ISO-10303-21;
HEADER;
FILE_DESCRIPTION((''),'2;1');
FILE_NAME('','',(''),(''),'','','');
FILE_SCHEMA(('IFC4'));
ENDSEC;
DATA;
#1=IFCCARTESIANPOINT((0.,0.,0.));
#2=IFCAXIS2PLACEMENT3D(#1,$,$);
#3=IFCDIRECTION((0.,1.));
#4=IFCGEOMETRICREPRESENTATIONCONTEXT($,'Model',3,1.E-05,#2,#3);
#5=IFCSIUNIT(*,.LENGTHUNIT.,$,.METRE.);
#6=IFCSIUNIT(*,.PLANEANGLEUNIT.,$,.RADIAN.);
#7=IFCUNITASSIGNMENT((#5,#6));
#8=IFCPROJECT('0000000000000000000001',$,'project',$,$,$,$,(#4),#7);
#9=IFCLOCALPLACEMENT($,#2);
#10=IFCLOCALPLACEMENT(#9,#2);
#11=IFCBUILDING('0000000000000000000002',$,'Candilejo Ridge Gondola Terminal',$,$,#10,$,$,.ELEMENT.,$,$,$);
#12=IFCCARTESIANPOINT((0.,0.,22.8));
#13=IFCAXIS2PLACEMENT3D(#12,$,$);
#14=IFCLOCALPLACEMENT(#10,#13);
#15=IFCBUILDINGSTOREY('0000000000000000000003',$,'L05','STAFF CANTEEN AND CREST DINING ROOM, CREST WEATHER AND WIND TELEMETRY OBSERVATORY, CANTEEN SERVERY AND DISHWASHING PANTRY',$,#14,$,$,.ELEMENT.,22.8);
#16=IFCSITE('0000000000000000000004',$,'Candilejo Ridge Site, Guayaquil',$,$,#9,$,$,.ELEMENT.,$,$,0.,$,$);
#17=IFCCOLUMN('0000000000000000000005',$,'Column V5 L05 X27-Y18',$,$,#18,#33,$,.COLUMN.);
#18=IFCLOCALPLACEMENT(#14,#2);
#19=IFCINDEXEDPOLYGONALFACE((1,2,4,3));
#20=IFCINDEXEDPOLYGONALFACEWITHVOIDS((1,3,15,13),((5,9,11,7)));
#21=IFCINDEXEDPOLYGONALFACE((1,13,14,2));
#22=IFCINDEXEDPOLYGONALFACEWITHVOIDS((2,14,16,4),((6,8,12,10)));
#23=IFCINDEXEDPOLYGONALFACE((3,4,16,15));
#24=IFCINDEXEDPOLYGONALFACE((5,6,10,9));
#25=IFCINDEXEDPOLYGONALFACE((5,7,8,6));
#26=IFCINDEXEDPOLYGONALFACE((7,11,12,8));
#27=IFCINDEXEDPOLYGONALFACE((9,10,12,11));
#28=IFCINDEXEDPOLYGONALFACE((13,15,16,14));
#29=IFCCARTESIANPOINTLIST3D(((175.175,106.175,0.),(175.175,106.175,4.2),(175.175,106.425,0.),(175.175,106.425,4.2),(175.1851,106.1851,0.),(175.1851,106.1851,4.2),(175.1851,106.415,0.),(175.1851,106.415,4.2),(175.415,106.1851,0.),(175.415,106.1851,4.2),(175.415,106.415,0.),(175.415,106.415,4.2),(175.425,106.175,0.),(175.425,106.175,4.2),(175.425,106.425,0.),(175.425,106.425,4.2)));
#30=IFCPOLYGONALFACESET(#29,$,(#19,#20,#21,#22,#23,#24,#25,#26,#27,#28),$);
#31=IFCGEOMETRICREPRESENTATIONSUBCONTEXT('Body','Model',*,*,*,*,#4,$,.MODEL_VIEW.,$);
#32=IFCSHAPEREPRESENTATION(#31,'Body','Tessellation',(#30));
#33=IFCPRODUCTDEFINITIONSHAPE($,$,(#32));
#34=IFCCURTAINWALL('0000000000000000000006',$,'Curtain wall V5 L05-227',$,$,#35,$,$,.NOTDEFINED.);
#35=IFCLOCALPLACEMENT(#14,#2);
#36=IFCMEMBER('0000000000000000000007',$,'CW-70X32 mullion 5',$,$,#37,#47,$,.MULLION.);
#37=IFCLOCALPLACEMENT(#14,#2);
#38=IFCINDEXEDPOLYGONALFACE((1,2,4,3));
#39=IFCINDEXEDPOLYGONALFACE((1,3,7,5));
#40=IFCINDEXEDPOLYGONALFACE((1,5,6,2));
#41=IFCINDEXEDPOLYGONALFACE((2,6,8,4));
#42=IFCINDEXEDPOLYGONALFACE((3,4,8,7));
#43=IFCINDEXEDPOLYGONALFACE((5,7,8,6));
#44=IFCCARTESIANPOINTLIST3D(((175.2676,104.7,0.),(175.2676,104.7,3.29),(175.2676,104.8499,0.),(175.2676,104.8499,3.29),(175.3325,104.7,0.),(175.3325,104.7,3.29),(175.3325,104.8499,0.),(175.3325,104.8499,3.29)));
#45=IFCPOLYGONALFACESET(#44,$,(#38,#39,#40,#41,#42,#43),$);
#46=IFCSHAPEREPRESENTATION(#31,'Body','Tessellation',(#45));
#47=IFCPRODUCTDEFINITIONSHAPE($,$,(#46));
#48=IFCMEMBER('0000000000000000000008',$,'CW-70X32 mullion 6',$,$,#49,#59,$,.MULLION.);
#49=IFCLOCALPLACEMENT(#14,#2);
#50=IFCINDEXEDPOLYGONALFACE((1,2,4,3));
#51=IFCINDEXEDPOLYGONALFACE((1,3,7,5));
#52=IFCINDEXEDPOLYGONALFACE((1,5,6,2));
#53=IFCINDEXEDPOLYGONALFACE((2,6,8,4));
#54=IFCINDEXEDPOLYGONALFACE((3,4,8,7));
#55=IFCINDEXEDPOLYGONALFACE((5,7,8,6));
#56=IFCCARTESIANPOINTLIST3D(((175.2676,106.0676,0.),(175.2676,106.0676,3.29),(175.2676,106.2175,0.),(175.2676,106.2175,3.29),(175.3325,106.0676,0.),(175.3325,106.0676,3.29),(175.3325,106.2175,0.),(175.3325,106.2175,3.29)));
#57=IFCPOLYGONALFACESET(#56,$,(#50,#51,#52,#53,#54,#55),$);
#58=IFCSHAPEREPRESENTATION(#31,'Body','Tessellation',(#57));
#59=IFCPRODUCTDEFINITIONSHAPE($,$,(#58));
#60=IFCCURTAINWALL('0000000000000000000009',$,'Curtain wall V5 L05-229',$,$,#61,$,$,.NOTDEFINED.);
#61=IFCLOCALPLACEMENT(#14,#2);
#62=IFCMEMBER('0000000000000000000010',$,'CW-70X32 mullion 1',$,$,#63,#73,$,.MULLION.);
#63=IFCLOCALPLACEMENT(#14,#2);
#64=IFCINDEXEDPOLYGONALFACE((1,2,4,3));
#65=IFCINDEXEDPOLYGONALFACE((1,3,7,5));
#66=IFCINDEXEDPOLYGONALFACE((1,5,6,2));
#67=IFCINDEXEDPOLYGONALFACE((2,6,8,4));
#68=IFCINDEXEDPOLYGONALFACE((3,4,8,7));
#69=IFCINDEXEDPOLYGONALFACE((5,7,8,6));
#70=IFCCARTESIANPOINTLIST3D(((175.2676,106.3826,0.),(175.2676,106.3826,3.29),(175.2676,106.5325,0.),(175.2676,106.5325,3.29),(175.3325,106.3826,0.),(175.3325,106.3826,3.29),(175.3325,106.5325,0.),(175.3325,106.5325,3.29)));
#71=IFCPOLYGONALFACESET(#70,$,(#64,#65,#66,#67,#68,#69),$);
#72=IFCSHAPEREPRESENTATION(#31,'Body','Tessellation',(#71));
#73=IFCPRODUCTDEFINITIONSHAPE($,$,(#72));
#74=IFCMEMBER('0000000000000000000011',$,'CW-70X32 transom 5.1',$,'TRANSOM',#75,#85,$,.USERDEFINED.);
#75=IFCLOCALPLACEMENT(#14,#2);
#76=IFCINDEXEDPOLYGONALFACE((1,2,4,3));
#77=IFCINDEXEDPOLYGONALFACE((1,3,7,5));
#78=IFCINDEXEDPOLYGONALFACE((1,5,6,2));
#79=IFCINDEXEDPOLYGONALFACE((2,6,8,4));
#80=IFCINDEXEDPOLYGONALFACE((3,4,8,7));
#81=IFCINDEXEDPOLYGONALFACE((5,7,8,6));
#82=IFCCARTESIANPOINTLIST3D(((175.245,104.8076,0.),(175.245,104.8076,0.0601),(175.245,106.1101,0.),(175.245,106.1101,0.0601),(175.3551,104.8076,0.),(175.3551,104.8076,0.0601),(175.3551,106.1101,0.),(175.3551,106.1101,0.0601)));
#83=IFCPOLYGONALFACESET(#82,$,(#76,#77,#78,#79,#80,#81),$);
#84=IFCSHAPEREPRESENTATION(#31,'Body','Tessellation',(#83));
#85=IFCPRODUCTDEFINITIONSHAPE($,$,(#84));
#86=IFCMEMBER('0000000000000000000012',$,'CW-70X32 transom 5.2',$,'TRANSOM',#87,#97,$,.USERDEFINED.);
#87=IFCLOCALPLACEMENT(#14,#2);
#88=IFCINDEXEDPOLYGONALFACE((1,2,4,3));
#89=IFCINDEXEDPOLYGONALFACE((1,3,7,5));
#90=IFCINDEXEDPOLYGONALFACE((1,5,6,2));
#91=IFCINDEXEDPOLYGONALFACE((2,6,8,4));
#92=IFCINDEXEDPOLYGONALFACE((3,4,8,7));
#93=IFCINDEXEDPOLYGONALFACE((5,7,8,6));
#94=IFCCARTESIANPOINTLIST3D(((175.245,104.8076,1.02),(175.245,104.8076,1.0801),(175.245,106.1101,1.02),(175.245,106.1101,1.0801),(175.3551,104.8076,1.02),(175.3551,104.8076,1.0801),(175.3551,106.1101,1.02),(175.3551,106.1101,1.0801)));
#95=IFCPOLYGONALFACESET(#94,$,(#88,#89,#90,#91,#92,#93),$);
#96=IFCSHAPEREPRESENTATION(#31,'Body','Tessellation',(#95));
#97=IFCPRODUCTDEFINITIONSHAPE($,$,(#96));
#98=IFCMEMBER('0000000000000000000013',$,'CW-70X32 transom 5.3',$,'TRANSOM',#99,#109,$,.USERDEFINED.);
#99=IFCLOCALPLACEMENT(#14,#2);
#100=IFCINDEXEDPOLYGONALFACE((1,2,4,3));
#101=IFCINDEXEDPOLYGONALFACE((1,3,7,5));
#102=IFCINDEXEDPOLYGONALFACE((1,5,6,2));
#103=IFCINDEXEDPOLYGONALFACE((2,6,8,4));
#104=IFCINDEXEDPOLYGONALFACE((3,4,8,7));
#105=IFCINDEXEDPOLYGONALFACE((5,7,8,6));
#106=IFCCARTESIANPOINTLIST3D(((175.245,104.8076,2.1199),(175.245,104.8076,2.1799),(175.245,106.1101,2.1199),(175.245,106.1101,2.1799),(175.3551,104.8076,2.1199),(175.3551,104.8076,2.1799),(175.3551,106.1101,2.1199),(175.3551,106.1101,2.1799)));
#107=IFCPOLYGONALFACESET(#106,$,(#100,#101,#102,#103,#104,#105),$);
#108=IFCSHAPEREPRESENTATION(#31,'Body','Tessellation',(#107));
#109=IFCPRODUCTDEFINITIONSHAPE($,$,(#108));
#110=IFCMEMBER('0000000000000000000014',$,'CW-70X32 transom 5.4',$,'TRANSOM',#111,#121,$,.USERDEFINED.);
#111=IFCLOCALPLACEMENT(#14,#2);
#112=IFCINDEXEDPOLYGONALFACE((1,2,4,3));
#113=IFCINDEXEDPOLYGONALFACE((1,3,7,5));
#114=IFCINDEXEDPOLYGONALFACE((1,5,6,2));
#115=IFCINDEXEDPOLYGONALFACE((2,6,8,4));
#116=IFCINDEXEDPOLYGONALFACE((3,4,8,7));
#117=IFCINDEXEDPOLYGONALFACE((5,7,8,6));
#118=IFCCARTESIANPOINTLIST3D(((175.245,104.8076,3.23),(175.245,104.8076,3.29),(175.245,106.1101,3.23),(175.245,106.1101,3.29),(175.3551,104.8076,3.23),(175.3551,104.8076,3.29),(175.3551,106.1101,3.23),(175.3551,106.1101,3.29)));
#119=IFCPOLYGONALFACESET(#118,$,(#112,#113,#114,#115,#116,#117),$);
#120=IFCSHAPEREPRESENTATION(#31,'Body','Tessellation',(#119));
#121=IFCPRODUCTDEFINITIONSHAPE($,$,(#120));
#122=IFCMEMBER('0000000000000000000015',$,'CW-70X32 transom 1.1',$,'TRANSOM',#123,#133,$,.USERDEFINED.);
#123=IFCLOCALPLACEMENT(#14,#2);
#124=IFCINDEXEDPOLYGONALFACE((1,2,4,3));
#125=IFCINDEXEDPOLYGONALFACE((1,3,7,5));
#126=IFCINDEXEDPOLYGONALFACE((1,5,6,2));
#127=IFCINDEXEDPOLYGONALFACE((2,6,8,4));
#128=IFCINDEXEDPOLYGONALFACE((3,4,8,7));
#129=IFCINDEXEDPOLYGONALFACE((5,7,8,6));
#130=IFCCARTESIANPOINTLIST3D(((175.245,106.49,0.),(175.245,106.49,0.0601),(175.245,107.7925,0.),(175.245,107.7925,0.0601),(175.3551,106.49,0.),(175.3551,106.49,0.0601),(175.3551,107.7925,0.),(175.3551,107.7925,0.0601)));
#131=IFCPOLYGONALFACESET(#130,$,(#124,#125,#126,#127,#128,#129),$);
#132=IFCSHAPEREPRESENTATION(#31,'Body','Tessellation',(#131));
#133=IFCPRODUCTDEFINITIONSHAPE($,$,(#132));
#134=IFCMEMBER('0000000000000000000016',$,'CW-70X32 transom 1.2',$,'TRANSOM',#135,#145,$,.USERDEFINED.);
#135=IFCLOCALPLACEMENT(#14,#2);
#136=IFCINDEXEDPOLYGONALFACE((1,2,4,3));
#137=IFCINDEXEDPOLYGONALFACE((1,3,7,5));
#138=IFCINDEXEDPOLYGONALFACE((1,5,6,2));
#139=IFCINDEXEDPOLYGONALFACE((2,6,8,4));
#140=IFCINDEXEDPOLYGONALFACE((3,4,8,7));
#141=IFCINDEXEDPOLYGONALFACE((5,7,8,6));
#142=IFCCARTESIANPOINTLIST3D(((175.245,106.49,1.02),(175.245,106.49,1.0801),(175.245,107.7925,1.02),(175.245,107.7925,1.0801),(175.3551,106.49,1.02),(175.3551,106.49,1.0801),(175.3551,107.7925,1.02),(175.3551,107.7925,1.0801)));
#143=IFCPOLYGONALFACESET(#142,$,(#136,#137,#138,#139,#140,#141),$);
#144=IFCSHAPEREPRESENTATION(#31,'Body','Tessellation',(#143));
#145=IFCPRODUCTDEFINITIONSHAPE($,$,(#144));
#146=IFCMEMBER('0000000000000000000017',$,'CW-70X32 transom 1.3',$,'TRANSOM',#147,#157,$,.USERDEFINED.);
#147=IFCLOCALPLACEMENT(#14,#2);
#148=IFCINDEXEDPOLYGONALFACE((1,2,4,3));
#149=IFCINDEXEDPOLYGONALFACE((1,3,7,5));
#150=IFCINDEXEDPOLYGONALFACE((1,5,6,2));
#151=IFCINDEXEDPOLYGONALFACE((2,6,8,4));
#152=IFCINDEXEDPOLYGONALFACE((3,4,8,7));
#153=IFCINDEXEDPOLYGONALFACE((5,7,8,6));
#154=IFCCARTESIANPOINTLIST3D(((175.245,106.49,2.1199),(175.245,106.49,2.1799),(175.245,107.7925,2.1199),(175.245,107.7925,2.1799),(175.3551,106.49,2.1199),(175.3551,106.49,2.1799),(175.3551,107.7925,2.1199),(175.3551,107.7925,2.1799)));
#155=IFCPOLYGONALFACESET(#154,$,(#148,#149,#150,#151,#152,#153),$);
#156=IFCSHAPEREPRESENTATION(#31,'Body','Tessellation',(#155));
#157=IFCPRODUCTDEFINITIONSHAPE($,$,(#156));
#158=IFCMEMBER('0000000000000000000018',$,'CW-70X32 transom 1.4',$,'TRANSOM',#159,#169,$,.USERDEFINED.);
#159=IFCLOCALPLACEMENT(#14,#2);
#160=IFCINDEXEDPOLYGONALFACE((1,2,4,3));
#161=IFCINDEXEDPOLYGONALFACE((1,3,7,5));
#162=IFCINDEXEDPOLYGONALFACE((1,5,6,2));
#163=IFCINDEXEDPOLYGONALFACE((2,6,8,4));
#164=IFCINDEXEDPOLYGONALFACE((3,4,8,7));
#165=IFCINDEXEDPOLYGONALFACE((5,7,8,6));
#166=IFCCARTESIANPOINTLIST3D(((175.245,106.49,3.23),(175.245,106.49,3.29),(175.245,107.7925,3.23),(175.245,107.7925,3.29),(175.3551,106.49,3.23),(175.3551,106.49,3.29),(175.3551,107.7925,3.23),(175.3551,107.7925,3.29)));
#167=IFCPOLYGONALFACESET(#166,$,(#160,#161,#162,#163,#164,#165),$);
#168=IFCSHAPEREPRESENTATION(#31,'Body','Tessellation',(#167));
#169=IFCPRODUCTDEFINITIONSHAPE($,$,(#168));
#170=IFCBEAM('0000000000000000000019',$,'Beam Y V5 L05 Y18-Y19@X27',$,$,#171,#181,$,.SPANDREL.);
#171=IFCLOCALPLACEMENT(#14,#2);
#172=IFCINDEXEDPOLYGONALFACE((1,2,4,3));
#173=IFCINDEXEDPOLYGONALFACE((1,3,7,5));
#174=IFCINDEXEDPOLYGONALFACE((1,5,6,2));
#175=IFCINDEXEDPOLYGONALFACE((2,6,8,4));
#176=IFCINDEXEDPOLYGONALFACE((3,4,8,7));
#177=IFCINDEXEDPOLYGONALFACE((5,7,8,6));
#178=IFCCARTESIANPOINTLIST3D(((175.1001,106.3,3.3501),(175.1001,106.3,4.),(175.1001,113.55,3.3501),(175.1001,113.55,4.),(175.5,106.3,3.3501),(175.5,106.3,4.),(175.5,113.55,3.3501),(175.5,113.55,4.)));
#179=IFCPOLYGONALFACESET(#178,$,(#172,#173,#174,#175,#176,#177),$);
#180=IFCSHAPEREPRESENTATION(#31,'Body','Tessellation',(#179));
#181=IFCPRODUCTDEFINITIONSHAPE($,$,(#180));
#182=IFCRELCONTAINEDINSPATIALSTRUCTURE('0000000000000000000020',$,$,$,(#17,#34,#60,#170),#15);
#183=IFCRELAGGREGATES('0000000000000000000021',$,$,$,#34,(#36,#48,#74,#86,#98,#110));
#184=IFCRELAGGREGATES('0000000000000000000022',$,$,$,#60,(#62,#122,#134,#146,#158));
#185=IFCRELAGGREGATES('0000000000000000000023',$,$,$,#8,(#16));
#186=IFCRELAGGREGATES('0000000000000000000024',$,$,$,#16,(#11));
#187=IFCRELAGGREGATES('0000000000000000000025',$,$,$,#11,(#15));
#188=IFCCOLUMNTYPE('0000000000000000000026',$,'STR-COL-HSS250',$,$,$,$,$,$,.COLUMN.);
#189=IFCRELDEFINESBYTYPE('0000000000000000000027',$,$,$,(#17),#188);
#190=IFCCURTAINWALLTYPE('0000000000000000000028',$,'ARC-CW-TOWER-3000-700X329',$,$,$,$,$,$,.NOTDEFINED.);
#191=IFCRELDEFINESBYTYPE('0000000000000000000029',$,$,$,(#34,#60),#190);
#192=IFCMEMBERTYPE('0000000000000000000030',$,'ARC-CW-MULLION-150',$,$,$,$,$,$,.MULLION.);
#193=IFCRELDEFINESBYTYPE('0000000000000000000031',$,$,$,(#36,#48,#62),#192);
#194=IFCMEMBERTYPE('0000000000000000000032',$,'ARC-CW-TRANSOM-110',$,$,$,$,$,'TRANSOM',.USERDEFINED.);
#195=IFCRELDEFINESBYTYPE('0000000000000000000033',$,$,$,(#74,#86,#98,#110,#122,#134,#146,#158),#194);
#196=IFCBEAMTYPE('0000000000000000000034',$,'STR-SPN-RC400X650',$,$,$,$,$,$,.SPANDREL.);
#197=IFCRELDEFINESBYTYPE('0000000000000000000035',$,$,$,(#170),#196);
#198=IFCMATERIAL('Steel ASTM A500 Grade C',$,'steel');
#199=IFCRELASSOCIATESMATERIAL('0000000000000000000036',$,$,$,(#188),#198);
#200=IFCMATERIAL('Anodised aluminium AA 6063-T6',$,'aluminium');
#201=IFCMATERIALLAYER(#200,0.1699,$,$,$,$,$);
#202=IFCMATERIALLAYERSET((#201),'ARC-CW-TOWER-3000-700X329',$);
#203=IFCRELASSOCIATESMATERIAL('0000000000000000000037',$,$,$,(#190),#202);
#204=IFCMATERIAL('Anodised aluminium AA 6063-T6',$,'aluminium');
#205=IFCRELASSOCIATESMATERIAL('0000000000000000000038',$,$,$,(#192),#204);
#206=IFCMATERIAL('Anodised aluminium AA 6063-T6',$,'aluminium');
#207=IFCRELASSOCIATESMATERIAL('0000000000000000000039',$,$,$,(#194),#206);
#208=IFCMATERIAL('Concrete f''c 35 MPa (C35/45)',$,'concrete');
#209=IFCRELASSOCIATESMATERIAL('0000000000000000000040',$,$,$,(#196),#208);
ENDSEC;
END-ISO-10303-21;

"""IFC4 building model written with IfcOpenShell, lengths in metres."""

from ifc_helpers import new_model, si_unit, direction, frame, origin, origin_2d, place, context, subcontext, project, spatial, rectangle, hollow_rectangle, extrude, material, layer, layer_set, material_profile, profile_set, type_object, element, aggregate, save


model = new_model("IFC4")

# Units and contexts
model_context = context("Model", 3, precision=1e-05, world=origin(), true_north=direction((0.0, 1.0)))
body_context = subcontext(model_context, "Body", "Model", "MODEL_VIEW")
ifc_project = project(units=[si_unit("LENGTHUNIT", "METRE"), si_unit("PLANEANGLEUNIT", "RADIAN")], contexts=[model_context])

# Site, building, storey
site_placement = place(None, origin())
site = spatial("IfcSite", under=ifc_project, at=site_placement, Name="Candilejo Ridge Site, Guayaquil", CompositionType="ELEMENT", RefElevation=0.0)
building_placement = place(site_placement, origin())
building = spatial("IfcBuilding", under=site, at=building_placement, Name="Candilejo Ridge Gondola Terminal", CompositionType="ELEMENT")
storey_placement = place(building_placement, frame((0.0, 0.0, 22.8)))
storey = spatial("IfcBuildingStorey", under=building, at=storey_placement, Name="L05", Description="STAFF CANTEEN AND CREST DINING ROOM, CREST WEATHER AND WIND TELEMETRY OBSERVATORY, CANTEEN SERVERY AND DISHWASHING PANTRY", CompositionType="ELEMENT", Elevation=22.8)

# Column
ifc_material_1 = material(Name="Steel ASTM A500 Grade C", Category="steel")
ifc_material_profile_1 = material_profile(ifc_material_1, hollow_rectangle(XDim=0.25, YDim=0.25, WallThickness=0.01, at=origin_2d()))
ifc_profile_set_1 = profile_set([ifc_material_profile_1], Name="Steel ASTM A500 Grade C")
column_type = type_object("IfcColumnType", Name="STR-COL-HSS250", PredefinedType="COLUMN", material=ifc_profile_set_1)
column_placement = place(storey_placement, frame((175.3, 106.3, 0.0), z_axis=(0.0, 0.0, 1.0), x_axis=(1.0, 0.0, 0.0)))
element("IfcColumn", 1, at=column_placement, inside=storey, type_object=column_type, Name="Column V5 L05 X27-Y18", PredefinedType="COLUMN", context=body_context, shape_type="SweptSolid", body=[
    extrude(hollow_rectangle(XDim=0.25, YDim=0.25, WallThickness=0.01, at=origin_2d()), origin(), (0.0, 0.0, 1.0), 4.2),
])

# Curtain wall, members
ifc_material_2 = material(Name="Anodised aluminium AA 6063-T6", Category="aluminium")
ifc_layer_1 = layer(ifc_material_2, 0.1699)
ifc_layer_set_1 = layer_set([ifc_layer_1], Name="ARC-CW-TOWER-3000-700X329")
curtain_wall_type = type_object("IfcCurtainWallType", Name="ARC-CW-TOWER-3000-700X329", PredefinedType="NOTDEFINED", material=ifc_layer_set_1)
curtain_wall_1_placement = place(storey_placement, origin())
curtain_wall_1 = element("IfcCurtainWall", 2, at=curtain_wall_1_placement, inside=storey, type_object=curtain_wall_type, Name="Curtain wall V5 L05-227", PredefinedType="NOTDEFINED")
ifc_material_3 = material(Name="Anodised aluminium AA 6063-T6", Category="aluminium")
ifc_material_profile_2 = material_profile(ifc_material_3, rectangle(XDim=0.0649, YDim=0.1499, at=origin_2d()))
ifc_profile_set_2 = profile_set([ifc_material_profile_2], Name="Anodised aluminium AA 6063-T6")
member_type_1 = type_object("IfcMemberType", Name="ARC-CW-MULLION-150", PredefinedType="MULLION", material=ifc_profile_set_2)
member_1_placement = place(storey_placement, frame((175.3, 104.7749, 0.0), z_axis=(0.0, 0.0, 1.0), x_axis=(-1.0, 0.0, 0.0)))
member_1 = element("IfcMember", 3, at=member_1_placement, type_object=member_type_1, Name="CW-70X32 mullion 5", PredefinedType="MULLION", context=body_context, shape_type="SweptSolid", body=[
    extrude(rectangle(XDim=0.0649, YDim=0.1499, at=origin_2d()), origin(), (0.0, 0.0, 1.0), 3.29),
])
member_2_placement = place(storey_placement, frame((175.3, 106.1426, 0.0), z_axis=(0.0, 0.0, 1.0), x_axis=(-1.0, 0.0, 0.0)))
member_2 = element("IfcMember", 4, at=member_2_placement, type_object=member_type_1, Name="CW-70X32 mullion 6", PredefinedType="MULLION", context=body_context, shape_type="SweptSolid", body=[
    extrude(rectangle(XDim=0.0649, YDim=0.1499, at=origin_2d()), origin(), (0.0, 0.0, 1.0), 3.29),
])

# Curtain wall, member
curtain_wall_2_placement = place(storey_placement, origin())
curtain_wall_2 = element("IfcCurtainWall", 5, at=curtain_wall_2_placement, inside=storey, type_object=curtain_wall_type, Name="Curtain wall V5 L05-229", PredefinedType="NOTDEFINED")
member_3_placement = place(storey_placement, frame((175.3, 106.4575, 0.0), z_axis=(0.0, 0.0, 1.0), x_axis=(-1.0, 0.0, 0.0)))
member_3 = element("IfcMember", 6, at=member_3_placement, type_object=member_type_1, Name="CW-70X32 mullion 1", PredefinedType="MULLION", context=body_context, shape_type="SweptSolid", body=[
    extrude(rectangle(XDim=0.0649, YDim=0.1499, at=origin_2d()), origin(), (0.0, 0.0, 1.0), 3.29),
])

# Members
ifc_material_4 = material(Name="Anodised aluminium AA 6063-T6", Category="aluminium")
ifc_material_profile_3 = material_profile(ifc_material_4, rectangle(XDim=0.1101, YDim=0.0601, at=origin_2d()))
ifc_profile_set_3 = profile_set([ifc_material_profile_3], Name="Anodised aluminium AA 6063-T6")
member_type_2 = type_object("IfcMemberType", Name="ARC-CW-TRANSOM-110", ElementType="TRANSOM", PredefinedType="USERDEFINED", material=ifc_profile_set_3)
member_4_placement = place(storey_placement, frame((175.3, 104.8076, 0.03), z_axis=(0.0, 1.0, 0.0), x_axis=(-1.0, 0.0, 0.0)))
member_4 = element("IfcMember", 7, at=member_4_placement, type_object=member_type_2, Name="CW-70X32 transom 5.1", ObjectType="TRANSOM", PredefinedType="USERDEFINED", context=body_context, shape_type="SweptSolid", body=[
    extrude(rectangle(XDim=0.1101, YDim=0.0601, at=origin_2d()), origin(), (0.0, 0.0, 1.0), 1.3025),
])
member_5_placement = place(storey_placement, frame((175.3, 104.8076, 1.05), z_axis=(0.0, 1.0, 0.0), x_axis=(-1.0, 0.0, 0.0)))
member_5 = element("IfcMember", 8, at=member_5_placement, type_object=member_type_2, Name="CW-70X32 transom 5.2", ObjectType="TRANSOM", PredefinedType="USERDEFINED", context=body_context, shape_type="SweptSolid", body=[
    extrude(rectangle(XDim=0.1101, YDim=0.0601, at=origin_2d()), origin(), (0.0, 0.0, 1.0), 1.3025),
])
member_6_placement = place(storey_placement, frame((175.3, 104.8076, 2.1499), z_axis=(0.0, 1.0, 0.0), x_axis=(-1.0, 0.0, 0.0)))
member_6 = element("IfcMember", 9, at=member_6_placement, type_object=member_type_2, Name="CW-70X32 transom 5.3", ObjectType="TRANSOM", PredefinedType="USERDEFINED", context=body_context, shape_type="SweptSolid", body=[
    extrude(rectangle(XDim=0.1101, YDim=0.0601, at=origin_2d()), origin(), (0.0, 0.0, 1.0), 1.3025),
])
member_7_placement = place(storey_placement, frame((175.3, 104.8076, 3.26), z_axis=(0.0, 1.0, 0.0), x_axis=(-1.0, 0.0, 0.0)))
member_7 = element("IfcMember", 10, at=member_7_placement, type_object=member_type_2, Name="CW-70X32 transom 5.4", ObjectType="TRANSOM", PredefinedType="USERDEFINED", context=body_context, shape_type="SweptSolid", body=[
    extrude(rectangle(XDim=0.1101, YDim=0.0601, at=origin_2d()), origin(), (0.0, 0.0, 1.0), 1.3025),
])
member_8_placement = place(storey_placement, frame((175.3, 106.49, 0.03), z_axis=(0.0, 1.0, 0.0), x_axis=(-1.0, 0.0, 0.0)))
member_8 = element("IfcMember", 11, at=member_8_placement, type_object=member_type_2, Name="CW-70X32 transom 1.1", ObjectType="TRANSOM", PredefinedType="USERDEFINED", context=body_context, shape_type="SweptSolid", body=[
    extrude(rectangle(XDim=0.1101, YDim=0.0601, at=origin_2d()), origin(), (0.0, 0.0, 1.0), 1.3025),
])
member_9_placement = place(storey_placement, frame((175.3, 106.49, 1.05), z_axis=(0.0, 1.0, 0.0), x_axis=(-1.0, 0.0, 0.0)))
member_9 = element("IfcMember", 12, at=member_9_placement, type_object=member_type_2, Name="CW-70X32 transom 1.2", ObjectType="TRANSOM", PredefinedType="USERDEFINED", context=body_context, shape_type="SweptSolid", body=[
    extrude(rectangle(XDim=0.1101, YDim=0.0601, at=origin_2d()), origin(), (0.0, 0.0, 1.0), 1.3025),
])
member_10_placement = place(storey_placement, frame((175.3, 106.49, 2.1499), z_axis=(0.0, 1.0, 0.0), x_axis=(-1.0, 0.0, 0.0)))
member_10 = element("IfcMember", 13, at=member_10_placement, type_object=member_type_2, Name="CW-70X32 transom 1.3", ObjectType="TRANSOM", PredefinedType="USERDEFINED", context=body_context, shape_type="SweptSolid", body=[
    extrude(rectangle(XDim=0.1101, YDim=0.0601, at=origin_2d()), origin(), (0.0, 0.0, 1.0), 1.3025),
])
member_11_placement = place(storey_placement, frame((175.3, 106.49, 3.26), z_axis=(0.0, 1.0, 0.0), x_axis=(-1.0, 0.0, 0.0)))
member_11 = element("IfcMember", 14, at=member_11_placement, type_object=member_type_2, Name="CW-70X32 transom 1.4", ObjectType="TRANSOM", PredefinedType="USERDEFINED", context=body_context, shape_type="SweptSolid", body=[
    extrude(rectangle(XDim=0.1101, YDim=0.0601, at=origin_2d()), origin(), (0.0, 0.0, 1.0), 1.3025),
])

# Beam
ifc_material_5 = material(Name="Concrete f'c 35 MPa (C35/45)", Category="concrete")
ifc_material_profile_4 = material_profile(ifc_material_5, rectangle(XDim=0.3999, YDim=0.6499, at=origin_2d()))
ifc_profile_set_4 = profile_set([ifc_material_profile_4], Name="Concrete f'c 35 MPa (C35/45)")
beam_type = type_object("IfcBeamType", Name="STR-SPN-RC400X650", PredefinedType="SPANDREL", material=ifc_profile_set_4)
beam_placement = place(storey_placement, frame((175.3, 106.3, 3.675), z_axis=(0.0, 1.0, 0.0), x_axis=(-1.0, 0.0, 0.0)))
element("IfcBeam", 15, at=beam_placement, inside=storey, type_object=beam_type, Name="Beam Y V5 L05 Y18-Y19@X27", PredefinedType="SPANDREL", context=body_context, shape_type="SweptSolid", body=[
    extrude(rectangle(XDim=0.3999, YDim=0.6499, at=origin_2d()), origin(), (0.0, 0.0, 1.0), 7.25),
])

aggregate(curtain_wall_1, [member_1, member_2, member_4, member_5, member_6, member_7])
aggregate(curtain_wall_2, [member_3, member_8, member_9, member_10, member_11])

save(model, "model.ifc")
